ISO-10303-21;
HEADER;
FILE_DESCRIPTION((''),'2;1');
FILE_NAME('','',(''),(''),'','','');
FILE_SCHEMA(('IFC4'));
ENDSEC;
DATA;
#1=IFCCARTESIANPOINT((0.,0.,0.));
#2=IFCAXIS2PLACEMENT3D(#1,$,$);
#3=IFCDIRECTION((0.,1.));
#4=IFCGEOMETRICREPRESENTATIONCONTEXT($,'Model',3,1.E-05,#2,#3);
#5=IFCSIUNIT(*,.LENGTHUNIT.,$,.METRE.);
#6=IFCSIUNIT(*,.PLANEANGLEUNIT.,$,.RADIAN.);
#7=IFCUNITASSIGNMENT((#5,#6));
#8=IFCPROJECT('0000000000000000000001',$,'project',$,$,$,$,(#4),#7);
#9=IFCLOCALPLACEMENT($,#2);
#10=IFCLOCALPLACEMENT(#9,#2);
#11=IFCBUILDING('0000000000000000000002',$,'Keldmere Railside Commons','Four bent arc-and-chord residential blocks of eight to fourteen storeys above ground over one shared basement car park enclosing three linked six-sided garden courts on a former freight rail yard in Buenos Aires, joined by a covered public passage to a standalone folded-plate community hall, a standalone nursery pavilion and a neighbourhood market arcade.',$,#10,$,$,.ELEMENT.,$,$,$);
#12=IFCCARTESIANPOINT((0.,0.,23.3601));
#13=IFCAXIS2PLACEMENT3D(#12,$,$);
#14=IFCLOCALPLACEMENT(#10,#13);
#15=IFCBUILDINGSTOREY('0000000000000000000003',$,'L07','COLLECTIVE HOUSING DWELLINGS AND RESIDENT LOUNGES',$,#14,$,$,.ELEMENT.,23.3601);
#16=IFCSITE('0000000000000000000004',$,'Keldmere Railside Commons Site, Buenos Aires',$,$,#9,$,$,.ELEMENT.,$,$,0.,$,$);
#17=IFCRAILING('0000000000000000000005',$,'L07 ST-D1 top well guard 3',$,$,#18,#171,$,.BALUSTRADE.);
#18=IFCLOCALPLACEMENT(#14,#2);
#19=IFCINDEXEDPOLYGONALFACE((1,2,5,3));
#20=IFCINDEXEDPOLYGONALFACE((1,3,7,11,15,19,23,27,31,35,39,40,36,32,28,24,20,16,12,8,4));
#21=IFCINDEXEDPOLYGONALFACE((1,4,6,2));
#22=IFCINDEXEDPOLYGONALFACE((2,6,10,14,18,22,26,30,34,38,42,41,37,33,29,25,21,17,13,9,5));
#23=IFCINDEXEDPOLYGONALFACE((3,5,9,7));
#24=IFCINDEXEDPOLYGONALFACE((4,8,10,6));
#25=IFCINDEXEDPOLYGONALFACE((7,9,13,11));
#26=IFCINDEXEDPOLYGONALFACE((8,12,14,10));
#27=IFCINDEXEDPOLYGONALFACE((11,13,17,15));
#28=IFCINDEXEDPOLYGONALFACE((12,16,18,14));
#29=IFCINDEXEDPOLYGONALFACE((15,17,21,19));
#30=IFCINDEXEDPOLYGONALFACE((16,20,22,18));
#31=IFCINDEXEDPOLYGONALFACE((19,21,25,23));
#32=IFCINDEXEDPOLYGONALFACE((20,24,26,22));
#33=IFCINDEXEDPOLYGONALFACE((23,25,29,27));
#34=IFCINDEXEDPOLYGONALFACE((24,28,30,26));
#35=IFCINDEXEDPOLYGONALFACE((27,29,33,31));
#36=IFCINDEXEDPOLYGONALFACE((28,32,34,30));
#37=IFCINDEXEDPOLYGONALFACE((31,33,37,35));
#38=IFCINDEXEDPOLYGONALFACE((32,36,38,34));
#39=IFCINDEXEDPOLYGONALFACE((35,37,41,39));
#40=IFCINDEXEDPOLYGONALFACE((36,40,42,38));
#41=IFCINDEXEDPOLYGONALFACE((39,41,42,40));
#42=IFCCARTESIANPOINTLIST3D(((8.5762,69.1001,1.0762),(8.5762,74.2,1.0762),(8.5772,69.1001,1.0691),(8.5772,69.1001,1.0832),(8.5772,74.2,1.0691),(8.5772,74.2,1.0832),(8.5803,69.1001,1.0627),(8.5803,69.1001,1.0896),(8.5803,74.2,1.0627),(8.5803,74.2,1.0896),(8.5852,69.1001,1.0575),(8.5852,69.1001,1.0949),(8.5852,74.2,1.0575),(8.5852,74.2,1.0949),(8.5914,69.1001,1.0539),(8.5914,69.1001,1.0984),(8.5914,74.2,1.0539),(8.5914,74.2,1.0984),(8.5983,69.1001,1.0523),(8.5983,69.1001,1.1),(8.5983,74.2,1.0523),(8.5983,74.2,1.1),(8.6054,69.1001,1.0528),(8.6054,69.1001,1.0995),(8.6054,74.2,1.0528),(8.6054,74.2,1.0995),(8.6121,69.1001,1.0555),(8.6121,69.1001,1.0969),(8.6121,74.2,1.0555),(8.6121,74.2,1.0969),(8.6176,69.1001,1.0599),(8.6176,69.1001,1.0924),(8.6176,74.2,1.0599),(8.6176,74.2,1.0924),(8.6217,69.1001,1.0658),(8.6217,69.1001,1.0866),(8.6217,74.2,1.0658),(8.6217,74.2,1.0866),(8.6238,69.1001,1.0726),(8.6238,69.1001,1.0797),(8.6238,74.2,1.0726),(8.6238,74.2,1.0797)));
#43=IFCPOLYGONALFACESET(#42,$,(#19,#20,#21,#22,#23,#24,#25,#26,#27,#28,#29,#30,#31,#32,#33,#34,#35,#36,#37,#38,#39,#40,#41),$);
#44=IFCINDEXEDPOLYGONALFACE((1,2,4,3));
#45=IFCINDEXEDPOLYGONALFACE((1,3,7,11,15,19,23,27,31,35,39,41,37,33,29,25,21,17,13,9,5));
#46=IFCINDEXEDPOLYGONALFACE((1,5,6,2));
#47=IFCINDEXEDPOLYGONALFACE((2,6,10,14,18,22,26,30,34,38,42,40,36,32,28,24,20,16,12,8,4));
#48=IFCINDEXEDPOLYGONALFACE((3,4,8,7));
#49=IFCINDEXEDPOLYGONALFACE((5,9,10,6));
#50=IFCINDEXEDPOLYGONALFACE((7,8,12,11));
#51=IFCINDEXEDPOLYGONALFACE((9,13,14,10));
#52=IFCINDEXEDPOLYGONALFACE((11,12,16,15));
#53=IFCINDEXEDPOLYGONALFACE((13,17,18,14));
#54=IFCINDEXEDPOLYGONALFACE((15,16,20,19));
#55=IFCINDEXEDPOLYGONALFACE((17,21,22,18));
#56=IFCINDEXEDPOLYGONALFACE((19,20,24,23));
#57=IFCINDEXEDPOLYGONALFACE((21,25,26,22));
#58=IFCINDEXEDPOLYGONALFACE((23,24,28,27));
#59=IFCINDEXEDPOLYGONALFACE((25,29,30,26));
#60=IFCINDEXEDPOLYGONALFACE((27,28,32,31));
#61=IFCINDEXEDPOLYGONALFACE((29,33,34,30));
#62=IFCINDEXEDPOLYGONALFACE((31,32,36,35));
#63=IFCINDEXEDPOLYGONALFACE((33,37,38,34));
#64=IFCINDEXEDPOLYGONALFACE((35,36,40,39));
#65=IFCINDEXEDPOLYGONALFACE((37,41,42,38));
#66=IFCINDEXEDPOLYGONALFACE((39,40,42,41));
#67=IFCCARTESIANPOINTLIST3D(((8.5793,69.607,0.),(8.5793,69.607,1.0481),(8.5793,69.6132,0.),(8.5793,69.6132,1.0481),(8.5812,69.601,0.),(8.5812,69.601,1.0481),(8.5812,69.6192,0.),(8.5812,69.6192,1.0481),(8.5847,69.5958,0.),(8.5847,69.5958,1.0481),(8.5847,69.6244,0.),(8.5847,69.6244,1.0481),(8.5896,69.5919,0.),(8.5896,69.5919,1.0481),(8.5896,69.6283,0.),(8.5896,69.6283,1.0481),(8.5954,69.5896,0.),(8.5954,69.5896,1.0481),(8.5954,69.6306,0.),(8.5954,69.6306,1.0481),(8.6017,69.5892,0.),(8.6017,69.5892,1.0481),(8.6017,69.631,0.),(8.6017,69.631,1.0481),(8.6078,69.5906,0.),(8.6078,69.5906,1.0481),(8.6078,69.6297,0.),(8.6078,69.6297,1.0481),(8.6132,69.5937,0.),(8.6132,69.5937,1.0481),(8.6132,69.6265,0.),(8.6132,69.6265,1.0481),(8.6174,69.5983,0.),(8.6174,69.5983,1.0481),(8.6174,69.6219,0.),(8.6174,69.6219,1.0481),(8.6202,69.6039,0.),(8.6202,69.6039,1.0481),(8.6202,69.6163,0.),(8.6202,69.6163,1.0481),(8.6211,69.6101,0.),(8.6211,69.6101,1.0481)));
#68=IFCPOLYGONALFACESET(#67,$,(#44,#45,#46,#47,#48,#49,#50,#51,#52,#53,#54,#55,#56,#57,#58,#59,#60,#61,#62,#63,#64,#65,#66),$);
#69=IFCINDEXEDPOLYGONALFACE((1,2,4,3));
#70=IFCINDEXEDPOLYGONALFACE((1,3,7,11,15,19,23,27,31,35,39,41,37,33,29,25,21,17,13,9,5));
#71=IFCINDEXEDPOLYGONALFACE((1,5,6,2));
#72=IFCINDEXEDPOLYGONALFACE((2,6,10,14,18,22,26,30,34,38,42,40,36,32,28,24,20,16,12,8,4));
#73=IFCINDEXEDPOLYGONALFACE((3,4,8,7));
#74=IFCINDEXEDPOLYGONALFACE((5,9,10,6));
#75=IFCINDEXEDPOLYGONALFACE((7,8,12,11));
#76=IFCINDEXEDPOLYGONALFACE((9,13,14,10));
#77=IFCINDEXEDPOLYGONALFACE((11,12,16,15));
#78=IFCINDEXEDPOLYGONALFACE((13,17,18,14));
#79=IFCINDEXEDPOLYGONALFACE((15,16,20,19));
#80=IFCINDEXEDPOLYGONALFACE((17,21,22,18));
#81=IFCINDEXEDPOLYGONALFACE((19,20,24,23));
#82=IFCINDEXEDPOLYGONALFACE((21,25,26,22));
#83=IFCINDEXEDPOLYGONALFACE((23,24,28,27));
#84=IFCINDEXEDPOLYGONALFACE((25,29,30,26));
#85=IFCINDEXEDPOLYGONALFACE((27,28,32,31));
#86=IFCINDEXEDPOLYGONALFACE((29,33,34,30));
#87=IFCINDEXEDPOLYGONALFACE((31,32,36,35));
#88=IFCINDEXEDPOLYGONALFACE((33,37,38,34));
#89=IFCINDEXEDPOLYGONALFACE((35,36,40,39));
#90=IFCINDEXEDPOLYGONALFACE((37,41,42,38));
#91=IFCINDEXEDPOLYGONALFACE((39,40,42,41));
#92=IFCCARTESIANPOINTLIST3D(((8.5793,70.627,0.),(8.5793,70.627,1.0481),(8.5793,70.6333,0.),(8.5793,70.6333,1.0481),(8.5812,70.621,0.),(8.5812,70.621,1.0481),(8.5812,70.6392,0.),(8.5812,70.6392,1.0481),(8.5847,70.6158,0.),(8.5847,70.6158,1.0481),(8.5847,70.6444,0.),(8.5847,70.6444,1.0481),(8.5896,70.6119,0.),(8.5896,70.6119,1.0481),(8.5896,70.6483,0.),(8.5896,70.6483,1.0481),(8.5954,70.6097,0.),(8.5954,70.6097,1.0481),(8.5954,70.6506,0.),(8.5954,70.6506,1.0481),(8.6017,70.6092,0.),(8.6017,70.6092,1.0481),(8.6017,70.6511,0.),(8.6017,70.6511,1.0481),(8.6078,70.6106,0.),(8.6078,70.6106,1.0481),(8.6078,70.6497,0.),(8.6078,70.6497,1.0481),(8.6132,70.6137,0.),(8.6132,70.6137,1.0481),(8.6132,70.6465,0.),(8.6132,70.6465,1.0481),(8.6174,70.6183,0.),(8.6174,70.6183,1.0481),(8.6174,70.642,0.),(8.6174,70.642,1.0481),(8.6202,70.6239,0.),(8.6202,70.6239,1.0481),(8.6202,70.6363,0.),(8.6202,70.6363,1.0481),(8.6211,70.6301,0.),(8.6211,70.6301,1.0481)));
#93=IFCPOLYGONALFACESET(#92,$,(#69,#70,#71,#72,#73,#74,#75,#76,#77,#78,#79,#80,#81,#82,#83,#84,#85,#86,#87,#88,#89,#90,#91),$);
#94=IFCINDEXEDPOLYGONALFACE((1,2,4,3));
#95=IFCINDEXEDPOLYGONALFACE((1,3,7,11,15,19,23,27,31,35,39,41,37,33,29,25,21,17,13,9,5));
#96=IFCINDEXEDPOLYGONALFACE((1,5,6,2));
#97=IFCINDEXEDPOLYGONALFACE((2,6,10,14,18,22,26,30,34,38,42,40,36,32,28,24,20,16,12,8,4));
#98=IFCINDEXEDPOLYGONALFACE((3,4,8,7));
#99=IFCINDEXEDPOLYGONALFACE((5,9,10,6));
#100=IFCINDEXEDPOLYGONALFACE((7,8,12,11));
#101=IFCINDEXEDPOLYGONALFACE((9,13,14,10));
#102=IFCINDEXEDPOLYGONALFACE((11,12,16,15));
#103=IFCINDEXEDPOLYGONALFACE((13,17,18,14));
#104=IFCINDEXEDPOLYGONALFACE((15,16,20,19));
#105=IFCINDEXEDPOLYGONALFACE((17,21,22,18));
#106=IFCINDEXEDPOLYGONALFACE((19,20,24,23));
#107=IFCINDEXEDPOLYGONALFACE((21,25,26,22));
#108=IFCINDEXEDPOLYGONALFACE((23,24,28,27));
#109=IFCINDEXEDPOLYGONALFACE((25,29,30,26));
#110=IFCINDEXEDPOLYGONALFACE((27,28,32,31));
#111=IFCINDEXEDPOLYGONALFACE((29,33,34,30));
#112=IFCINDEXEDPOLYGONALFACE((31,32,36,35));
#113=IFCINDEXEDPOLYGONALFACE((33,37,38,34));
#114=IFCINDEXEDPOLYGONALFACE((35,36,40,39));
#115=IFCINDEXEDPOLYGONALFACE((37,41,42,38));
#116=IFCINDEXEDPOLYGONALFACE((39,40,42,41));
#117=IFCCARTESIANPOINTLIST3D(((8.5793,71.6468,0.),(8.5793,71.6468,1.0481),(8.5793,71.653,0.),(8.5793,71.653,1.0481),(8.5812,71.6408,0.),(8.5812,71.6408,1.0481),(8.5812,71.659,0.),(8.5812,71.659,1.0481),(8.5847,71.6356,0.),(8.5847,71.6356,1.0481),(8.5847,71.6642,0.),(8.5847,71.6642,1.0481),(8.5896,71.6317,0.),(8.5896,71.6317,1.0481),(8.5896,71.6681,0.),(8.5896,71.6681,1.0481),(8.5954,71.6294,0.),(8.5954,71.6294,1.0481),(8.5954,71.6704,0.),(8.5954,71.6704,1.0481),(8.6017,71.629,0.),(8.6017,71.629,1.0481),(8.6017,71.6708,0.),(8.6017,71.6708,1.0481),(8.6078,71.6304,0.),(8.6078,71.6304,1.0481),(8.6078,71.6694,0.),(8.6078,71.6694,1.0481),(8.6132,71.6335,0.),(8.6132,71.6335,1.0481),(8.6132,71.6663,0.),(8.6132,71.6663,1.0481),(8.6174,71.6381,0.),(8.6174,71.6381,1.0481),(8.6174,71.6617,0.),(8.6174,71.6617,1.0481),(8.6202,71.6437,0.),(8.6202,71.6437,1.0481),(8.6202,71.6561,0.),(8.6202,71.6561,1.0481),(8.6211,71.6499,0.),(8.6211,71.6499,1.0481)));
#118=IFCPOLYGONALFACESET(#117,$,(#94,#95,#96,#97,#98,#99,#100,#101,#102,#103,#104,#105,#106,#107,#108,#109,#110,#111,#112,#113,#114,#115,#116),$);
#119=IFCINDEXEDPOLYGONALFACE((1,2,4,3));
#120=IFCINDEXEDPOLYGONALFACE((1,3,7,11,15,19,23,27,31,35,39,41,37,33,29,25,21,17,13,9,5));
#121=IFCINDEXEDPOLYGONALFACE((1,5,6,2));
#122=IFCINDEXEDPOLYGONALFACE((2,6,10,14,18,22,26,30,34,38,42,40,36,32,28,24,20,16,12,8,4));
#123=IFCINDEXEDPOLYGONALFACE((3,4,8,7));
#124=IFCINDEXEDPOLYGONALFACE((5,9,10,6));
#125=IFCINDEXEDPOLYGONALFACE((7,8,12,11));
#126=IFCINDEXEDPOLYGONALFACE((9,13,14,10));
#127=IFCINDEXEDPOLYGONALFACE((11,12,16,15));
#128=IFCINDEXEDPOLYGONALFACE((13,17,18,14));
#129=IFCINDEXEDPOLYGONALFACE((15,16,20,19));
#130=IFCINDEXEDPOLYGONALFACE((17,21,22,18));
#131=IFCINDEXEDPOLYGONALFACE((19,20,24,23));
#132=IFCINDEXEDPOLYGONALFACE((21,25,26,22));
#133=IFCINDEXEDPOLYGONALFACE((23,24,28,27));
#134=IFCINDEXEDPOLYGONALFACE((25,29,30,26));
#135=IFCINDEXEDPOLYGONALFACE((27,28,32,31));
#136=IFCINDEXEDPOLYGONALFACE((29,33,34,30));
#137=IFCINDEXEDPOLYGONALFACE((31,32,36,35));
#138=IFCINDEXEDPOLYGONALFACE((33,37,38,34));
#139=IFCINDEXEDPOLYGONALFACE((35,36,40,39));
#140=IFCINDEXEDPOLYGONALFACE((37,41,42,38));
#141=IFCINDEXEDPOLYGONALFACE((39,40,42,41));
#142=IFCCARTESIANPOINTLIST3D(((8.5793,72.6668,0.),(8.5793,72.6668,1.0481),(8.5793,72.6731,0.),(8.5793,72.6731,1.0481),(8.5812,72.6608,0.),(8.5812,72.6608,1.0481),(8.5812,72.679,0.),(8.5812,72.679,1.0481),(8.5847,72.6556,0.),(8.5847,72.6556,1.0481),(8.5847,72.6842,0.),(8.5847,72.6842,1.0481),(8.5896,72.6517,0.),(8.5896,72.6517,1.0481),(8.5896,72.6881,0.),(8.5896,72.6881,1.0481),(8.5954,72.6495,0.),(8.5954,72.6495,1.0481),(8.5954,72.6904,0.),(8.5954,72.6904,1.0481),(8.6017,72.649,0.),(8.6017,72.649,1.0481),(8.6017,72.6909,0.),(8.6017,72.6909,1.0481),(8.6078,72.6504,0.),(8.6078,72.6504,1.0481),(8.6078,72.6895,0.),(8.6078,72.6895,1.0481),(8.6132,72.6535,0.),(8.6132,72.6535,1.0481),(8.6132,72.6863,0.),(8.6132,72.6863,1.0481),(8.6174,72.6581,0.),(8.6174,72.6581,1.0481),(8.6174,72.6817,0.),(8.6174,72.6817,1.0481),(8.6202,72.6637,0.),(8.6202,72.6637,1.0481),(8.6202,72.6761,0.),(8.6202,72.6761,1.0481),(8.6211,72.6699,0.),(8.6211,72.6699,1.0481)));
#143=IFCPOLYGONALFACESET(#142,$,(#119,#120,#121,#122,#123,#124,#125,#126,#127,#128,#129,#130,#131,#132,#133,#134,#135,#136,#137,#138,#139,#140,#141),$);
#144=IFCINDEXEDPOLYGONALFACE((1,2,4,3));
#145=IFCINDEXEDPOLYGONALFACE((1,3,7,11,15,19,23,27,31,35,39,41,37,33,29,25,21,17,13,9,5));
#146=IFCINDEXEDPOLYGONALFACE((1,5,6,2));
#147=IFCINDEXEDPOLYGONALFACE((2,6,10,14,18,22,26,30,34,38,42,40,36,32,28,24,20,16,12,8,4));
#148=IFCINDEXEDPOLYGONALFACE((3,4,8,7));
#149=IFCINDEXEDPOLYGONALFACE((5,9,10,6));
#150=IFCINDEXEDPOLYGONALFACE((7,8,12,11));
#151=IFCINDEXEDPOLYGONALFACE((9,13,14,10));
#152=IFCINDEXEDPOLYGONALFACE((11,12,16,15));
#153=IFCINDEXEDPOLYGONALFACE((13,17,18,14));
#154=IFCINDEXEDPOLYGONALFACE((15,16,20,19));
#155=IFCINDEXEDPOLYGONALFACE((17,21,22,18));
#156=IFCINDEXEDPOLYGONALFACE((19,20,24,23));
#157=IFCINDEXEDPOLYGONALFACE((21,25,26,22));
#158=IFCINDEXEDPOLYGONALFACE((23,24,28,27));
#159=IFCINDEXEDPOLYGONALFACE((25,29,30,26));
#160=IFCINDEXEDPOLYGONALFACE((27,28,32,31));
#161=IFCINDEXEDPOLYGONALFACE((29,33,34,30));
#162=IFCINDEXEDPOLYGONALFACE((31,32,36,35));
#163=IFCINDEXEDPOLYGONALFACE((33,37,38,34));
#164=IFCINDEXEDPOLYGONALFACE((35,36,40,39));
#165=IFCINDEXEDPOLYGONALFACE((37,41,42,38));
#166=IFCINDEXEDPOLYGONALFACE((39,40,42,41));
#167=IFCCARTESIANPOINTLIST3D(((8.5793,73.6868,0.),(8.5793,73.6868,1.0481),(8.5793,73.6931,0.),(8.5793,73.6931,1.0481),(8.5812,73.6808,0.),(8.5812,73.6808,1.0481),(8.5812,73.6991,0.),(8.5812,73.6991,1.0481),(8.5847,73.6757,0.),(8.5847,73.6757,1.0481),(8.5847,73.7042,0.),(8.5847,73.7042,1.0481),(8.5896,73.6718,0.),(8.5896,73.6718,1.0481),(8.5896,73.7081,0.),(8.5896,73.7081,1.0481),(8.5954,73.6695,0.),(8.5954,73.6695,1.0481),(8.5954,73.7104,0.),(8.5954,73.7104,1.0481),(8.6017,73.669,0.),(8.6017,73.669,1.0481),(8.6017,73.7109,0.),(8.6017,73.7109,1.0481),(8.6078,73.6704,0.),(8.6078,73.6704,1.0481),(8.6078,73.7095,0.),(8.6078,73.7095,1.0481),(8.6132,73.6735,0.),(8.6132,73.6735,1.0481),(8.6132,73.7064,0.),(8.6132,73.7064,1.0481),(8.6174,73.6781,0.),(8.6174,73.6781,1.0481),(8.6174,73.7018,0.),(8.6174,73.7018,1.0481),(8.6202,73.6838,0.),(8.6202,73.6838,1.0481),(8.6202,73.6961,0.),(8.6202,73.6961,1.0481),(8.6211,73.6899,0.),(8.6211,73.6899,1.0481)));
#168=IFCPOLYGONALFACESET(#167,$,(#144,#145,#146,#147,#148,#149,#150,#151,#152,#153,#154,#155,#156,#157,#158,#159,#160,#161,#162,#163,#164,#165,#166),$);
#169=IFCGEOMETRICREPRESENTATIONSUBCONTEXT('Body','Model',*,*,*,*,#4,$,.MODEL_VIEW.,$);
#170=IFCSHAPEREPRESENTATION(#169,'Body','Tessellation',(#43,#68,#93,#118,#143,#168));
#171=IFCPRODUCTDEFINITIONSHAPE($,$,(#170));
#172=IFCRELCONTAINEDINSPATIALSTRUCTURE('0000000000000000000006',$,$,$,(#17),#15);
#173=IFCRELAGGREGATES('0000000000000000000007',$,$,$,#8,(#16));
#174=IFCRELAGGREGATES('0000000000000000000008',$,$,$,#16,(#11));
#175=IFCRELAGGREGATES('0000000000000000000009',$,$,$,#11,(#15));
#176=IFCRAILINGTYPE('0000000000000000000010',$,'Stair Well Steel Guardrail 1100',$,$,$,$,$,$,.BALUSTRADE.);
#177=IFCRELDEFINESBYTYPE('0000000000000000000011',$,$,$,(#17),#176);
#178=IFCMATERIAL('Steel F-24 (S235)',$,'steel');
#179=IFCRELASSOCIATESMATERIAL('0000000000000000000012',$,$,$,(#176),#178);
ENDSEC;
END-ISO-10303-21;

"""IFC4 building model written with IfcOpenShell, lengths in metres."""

from ifc_helpers import new_model, si_unit, direction, frame, origin, origin_2d, place, context, subcontext, project, spatial, circle, extrude, material, type_object, element, save


model = new_model("IFC4")

# Units and contexts
model_context = context("Model", 3, precision=1e-05, world=origin(), true_north=direction((0.0, 1.0)))
body_context = subcontext(model_context, "Body", "Model", "MODEL_VIEW")
ifc_project = project(units=[si_unit("LENGTHUNIT", "METRE"), si_unit("PLANEANGLEUNIT", "RADIAN")], contexts=[model_context])

# Site, building, storey
site_placement = place(None, origin())
site = spatial("IfcSite", under=ifc_project, at=site_placement, Name="Keldmere Railside Commons Site, Buenos Aires", CompositionType="ELEMENT", RefElevation=0.0)
building_placement = place(site_placement, origin())
building = spatial("IfcBuilding", under=site, at=building_placement, Name="Keldmere Railside Commons", Description="Four bent arc-and-chord residential blocks of eight to fourteen storeys above ground over one shared basement car park enclosing three linked six-sided garden courts on a former freight rail yard in Buenos Aires, joined by a covered public passage to a standalone folded-plate community hall, a standalone nursery pavilion and a neighbourhood market arcade.", CompositionType="ELEMENT")
storey_placement = place(building_placement, frame((0.0, 0.0, 23.3601)))
storey = spatial("IfcBuildingStorey", under=building, at=storey_placement, Name="L07", Description="COLLECTIVE HOUSING DWELLINGS AND RESIDENT LOUNGES", CompositionType="ELEMENT", Elevation=23.3601)

# Shared definitions
ifc_material_1 = material(Name="Steel F-24 (S235)", Category="steel")

# Railing
railing_type_1 = type_object("IfcRailingType", Name="Stair Well Steel Guardrail 1100", PredefinedType="BALUSTRADE", material=ifc_material_1)
for number, where, name in (
    (1, (8.6001, 69.1001, 0.0), "L07 ST-D1 top well guard 3"),
):
    element("IfcRailing", number, at=place(storey_placement, frame(where)), inside=storey, type_object=railing_type_1, Name=name, PredefinedType="BALUSTRADE", context=body_context, shape_type="SweptSolid", body=[
        extrude(circle(Radius=0.0239, at=origin_2d()), frame((0.0, 0.0, 1.0762), z_axis=(0.0, 1.0, 0.0), x_axis=(-1.0, 0.0, 0.0)), (0.0, 0.0, 1.0), 5.0999),
        extrude(circle(Radius=0.021, at=origin_2d()), frame((0.0, 0.51, 0.0)), (0.0, 0.0, 1.0), 1.0481),
        extrude(circle(Radius=0.021, at=origin_2d()), frame((0.0, 1.53, 0.0)), (0.0, 0.0, 1.0), 1.0481),
        extrude(circle(Radius=0.021, at=origin_2d()), frame((0.0, 2.5498, 0.0)), (0.0, 0.0, 1.0), 1.0481),
        extrude(circle(Radius=0.021, at=origin_2d()), frame((0.0, 3.5698, 0.0)), (0.0, 0.0, 1.0), 1.0481),
        extrude(circle(Radius=0.021, at=origin_2d()), frame((0.0, 4.5898, 0.0)), (0.0, 0.0, 1.0), 1.0481),
    ])

save(model, "model.ifc")
